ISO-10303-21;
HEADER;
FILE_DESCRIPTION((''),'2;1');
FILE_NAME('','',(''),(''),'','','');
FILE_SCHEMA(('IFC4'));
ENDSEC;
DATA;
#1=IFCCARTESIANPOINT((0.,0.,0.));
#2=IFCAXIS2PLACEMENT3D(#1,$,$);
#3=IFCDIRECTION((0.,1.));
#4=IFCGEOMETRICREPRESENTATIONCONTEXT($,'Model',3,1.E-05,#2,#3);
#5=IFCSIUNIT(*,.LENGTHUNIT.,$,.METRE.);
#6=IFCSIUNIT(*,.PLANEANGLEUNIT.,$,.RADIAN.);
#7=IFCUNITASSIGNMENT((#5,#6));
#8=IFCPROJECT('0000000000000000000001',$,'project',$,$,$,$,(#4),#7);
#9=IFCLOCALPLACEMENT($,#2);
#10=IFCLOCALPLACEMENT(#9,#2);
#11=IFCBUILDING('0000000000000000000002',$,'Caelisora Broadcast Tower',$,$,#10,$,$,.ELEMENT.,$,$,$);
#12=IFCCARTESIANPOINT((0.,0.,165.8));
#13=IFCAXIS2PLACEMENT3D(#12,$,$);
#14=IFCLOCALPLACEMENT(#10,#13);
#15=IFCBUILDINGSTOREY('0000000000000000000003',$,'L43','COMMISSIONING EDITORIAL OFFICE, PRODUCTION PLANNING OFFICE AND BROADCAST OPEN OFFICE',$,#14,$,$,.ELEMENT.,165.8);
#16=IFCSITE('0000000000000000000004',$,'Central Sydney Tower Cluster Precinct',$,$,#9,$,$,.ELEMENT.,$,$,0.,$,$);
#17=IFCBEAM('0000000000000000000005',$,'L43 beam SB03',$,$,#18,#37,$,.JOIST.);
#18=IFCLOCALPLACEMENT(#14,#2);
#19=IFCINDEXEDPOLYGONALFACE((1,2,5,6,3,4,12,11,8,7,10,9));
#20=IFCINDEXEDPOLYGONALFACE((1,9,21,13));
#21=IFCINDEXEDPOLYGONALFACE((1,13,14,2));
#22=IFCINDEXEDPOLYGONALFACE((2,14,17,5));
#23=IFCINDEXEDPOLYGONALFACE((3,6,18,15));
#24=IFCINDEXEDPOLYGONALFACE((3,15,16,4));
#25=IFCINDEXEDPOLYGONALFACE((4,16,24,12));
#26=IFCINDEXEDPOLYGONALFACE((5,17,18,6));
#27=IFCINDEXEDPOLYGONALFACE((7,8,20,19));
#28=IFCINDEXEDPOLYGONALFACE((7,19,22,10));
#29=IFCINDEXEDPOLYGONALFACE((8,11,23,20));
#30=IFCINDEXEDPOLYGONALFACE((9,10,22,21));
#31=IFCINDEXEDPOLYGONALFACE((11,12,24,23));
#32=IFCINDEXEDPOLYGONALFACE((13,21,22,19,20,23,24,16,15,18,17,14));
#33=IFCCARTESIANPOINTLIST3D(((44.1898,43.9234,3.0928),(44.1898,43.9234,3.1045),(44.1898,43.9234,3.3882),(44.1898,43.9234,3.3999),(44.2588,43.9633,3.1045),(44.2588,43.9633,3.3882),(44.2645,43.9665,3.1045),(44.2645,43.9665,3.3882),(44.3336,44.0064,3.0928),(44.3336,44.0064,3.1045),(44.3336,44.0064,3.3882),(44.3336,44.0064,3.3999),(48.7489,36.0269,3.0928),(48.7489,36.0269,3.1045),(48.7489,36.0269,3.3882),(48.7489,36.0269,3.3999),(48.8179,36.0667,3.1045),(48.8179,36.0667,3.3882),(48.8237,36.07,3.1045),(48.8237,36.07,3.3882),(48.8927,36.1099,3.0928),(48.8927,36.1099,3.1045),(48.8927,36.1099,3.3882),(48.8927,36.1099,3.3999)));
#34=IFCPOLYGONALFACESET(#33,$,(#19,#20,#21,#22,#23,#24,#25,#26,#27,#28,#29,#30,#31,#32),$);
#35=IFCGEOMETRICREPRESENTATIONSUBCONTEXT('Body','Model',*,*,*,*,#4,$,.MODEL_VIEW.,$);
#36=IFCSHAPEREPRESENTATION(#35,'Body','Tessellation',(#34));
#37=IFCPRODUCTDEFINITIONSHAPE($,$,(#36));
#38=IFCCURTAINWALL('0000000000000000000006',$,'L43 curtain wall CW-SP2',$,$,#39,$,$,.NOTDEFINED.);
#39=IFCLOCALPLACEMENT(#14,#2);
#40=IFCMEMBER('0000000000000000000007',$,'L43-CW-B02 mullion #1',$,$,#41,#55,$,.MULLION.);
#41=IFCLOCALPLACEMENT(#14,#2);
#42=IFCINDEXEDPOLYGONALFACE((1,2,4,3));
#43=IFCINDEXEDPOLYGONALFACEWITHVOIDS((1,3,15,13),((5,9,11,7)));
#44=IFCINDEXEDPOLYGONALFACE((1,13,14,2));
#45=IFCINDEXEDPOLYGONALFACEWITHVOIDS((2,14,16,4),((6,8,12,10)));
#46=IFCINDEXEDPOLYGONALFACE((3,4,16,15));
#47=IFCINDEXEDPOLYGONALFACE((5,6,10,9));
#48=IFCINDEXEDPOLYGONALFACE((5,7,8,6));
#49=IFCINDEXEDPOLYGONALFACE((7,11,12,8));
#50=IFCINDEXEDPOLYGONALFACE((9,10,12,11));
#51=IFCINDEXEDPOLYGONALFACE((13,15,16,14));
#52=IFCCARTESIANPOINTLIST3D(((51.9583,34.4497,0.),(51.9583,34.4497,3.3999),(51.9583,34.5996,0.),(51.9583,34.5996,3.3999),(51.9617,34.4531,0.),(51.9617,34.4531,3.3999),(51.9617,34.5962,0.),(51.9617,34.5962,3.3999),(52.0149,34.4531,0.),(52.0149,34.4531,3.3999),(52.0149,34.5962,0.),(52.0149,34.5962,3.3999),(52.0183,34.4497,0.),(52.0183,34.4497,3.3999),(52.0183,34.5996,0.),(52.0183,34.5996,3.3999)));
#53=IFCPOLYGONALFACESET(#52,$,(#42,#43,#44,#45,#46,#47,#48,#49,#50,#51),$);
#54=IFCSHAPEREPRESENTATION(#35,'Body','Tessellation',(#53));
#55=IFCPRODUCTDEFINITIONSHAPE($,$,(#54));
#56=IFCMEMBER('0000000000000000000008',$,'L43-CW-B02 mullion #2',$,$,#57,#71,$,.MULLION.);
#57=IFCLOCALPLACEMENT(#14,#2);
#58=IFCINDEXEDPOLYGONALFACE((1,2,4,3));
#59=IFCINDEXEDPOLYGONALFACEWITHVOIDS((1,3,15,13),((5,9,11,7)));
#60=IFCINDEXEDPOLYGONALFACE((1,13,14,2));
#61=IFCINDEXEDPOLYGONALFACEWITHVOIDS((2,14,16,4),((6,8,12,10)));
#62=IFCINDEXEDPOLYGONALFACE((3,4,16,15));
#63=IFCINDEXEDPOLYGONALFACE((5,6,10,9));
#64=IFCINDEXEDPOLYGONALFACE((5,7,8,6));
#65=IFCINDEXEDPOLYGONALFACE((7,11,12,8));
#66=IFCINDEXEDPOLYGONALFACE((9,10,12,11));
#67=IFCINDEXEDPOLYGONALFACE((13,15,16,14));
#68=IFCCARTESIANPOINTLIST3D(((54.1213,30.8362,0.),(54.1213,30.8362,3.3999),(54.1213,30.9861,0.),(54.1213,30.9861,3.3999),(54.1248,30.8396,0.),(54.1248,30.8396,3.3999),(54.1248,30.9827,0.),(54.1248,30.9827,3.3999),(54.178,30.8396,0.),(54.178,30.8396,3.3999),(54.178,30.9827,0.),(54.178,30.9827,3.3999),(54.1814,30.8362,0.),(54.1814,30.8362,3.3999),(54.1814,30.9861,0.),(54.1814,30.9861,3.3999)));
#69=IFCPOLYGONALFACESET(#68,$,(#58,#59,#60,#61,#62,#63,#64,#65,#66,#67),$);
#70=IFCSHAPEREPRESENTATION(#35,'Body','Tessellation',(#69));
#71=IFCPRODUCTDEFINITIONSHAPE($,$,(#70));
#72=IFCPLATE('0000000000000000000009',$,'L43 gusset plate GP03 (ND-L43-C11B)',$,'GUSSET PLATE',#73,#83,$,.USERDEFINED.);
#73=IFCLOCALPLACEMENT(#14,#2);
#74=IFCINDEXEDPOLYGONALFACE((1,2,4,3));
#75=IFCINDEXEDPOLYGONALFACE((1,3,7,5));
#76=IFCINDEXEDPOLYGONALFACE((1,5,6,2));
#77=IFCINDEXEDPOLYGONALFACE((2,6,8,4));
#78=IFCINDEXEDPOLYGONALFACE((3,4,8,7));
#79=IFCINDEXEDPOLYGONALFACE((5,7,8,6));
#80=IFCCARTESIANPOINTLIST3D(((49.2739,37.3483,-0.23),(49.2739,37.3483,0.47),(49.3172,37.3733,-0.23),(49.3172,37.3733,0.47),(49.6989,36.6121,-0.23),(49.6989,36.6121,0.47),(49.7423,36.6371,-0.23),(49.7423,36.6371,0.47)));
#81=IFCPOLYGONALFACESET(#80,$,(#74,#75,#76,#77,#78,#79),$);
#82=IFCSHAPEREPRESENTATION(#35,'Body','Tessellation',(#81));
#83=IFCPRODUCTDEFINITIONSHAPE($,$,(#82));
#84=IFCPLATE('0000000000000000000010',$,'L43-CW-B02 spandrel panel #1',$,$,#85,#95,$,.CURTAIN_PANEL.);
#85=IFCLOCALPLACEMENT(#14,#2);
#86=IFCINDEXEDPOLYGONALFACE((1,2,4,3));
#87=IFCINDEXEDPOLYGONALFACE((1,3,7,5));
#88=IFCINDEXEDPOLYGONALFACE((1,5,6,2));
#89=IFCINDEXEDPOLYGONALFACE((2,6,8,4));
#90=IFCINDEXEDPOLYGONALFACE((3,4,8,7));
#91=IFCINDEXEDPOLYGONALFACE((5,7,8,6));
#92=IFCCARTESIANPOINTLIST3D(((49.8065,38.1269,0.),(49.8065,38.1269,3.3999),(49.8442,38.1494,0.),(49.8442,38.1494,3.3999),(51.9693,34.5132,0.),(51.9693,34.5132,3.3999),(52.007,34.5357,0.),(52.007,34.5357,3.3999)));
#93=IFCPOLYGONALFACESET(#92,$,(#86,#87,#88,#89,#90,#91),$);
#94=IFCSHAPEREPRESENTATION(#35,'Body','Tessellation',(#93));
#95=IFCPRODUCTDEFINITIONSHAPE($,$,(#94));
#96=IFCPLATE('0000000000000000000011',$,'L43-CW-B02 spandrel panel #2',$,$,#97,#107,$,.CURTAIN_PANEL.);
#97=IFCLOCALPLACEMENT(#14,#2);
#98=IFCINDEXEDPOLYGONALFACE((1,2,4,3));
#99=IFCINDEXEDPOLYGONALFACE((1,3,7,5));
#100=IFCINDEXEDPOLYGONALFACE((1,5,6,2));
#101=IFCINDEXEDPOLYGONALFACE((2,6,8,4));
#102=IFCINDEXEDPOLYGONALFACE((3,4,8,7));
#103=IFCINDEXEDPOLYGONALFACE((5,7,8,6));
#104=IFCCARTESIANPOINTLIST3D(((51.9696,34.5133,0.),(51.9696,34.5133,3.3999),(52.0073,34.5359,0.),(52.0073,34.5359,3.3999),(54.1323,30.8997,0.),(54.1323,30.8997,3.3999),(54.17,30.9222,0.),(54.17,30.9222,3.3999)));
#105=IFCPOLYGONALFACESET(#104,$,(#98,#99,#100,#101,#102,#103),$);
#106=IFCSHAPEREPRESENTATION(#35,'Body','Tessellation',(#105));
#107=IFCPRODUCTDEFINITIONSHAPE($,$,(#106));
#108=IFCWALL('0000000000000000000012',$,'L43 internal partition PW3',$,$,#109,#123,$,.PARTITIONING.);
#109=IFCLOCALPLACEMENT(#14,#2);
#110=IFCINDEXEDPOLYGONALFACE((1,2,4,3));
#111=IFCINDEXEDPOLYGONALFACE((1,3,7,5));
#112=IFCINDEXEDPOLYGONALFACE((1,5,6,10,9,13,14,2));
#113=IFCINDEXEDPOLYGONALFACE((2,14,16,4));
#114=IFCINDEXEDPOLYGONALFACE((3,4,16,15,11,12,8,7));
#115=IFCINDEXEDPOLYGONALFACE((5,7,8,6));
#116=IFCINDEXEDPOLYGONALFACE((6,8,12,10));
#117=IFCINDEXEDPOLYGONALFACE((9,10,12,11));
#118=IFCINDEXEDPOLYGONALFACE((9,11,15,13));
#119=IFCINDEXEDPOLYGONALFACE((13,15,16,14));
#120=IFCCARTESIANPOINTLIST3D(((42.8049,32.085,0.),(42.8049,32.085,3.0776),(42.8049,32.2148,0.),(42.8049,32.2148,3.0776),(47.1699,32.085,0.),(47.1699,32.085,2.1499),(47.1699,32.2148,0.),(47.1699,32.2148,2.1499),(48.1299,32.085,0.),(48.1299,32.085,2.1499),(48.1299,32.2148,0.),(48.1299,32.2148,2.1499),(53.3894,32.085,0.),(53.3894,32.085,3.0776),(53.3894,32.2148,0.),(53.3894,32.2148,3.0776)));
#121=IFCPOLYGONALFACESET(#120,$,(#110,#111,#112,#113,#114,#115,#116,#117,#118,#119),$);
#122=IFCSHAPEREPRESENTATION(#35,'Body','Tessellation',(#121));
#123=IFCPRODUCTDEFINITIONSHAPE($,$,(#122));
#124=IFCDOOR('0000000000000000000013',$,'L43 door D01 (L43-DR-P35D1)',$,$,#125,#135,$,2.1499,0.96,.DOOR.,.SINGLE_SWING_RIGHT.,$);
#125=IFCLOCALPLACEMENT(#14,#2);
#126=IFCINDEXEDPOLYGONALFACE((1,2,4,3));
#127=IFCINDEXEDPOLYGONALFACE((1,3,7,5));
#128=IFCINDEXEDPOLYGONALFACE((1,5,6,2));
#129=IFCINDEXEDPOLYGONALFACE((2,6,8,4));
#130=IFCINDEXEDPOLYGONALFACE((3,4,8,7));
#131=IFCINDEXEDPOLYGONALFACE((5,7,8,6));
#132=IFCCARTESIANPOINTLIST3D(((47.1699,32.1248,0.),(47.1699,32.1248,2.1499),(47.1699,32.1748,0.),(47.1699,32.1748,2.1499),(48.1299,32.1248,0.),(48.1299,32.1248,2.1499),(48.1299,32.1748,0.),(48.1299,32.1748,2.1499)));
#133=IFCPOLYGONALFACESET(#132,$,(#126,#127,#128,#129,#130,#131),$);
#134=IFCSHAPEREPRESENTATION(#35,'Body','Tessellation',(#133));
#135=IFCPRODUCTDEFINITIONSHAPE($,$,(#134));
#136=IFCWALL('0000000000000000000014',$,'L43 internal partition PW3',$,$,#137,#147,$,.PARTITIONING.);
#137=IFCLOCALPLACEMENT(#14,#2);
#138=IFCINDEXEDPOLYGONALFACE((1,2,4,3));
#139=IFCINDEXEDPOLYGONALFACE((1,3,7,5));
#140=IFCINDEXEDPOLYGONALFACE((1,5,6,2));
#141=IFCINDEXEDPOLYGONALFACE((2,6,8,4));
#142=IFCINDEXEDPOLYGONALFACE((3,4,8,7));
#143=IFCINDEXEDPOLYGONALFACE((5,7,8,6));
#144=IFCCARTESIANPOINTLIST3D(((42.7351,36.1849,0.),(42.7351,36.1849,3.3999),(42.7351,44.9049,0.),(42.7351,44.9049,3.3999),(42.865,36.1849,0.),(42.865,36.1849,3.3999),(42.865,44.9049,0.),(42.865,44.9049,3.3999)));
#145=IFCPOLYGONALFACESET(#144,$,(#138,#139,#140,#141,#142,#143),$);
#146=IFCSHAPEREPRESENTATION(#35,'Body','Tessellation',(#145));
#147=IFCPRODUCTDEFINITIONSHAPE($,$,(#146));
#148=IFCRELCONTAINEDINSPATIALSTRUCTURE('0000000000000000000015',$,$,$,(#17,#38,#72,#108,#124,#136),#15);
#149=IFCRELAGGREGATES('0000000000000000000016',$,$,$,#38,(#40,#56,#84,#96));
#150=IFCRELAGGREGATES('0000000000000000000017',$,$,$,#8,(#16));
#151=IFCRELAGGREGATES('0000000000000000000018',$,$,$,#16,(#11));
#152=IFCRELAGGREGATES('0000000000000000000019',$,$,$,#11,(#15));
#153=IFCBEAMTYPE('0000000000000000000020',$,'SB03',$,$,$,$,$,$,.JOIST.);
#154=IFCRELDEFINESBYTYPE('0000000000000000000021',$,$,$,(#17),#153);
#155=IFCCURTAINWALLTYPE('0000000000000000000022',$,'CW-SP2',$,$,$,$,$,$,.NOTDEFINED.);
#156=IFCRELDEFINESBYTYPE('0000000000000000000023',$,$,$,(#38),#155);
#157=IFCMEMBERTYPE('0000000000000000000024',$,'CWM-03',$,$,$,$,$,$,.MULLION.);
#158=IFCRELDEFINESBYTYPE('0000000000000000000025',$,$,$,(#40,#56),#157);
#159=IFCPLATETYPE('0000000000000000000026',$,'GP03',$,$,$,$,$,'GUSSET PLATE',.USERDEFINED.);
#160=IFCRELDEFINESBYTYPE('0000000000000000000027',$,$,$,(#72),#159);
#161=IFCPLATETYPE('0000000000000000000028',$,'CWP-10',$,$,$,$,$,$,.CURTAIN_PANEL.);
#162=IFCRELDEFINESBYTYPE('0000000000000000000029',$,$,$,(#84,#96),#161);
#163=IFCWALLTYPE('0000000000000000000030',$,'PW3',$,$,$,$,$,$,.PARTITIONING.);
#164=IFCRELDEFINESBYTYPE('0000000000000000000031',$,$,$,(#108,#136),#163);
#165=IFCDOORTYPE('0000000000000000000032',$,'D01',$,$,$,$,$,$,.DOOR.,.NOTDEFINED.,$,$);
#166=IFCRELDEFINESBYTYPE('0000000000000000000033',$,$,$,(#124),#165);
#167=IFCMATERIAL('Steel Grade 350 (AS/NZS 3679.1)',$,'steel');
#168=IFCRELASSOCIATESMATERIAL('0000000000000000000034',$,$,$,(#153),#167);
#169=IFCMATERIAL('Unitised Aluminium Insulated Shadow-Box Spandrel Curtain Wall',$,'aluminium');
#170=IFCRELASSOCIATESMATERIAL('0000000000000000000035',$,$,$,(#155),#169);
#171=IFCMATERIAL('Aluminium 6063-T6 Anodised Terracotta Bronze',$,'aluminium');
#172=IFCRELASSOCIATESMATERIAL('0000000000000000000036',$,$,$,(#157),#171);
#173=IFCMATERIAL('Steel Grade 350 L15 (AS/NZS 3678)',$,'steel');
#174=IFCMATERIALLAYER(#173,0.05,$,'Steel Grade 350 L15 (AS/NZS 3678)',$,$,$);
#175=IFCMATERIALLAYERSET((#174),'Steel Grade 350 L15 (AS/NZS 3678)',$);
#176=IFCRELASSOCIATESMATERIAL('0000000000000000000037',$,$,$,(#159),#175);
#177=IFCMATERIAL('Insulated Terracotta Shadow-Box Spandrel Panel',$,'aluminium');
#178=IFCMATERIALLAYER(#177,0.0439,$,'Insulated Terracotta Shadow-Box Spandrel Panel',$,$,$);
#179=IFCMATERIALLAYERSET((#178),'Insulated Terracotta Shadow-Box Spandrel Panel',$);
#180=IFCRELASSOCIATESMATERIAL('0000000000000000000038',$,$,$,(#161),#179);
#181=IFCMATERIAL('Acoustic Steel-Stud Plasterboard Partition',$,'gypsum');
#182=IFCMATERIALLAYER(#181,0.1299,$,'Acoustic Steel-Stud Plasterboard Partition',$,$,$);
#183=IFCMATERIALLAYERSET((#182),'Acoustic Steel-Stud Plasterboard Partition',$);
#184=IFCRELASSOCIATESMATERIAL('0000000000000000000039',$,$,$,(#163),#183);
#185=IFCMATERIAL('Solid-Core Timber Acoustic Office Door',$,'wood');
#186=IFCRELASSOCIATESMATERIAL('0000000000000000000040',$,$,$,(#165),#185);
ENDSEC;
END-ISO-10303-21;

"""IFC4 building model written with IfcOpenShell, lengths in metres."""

from ifc_helpers import new_model, si_unit, direction, frame, frame_2d, origin, origin_2d, place, context, subcontext, project, spatial, rectangle, hollow_rectangle, i_section, extrude, source, transform, mapped, material, layer, layer_set, material_profile, profile_set, type_object, type_shapes, element, fill, aggregate, save


model = new_model("IFC4")

# Units and contexts
model_context = context("Model", 3, precision=1e-05, world=origin(), true_north=direction((0.0, 1.0)))
body_context = subcontext(model_context, "Body", "Model", "MODEL_VIEW")
ifc_project = project(units=[si_unit("LENGTHUNIT", "METRE"), si_unit("PLANEANGLEUNIT", "RADIAN")], contexts=[model_context])

# Site, building, storey
site_placement = place(None, origin())
site = spatial("IfcSite", under=ifc_project, at=site_placement, Name="Central Sydney Tower Cluster Precinct", CompositionType="ELEMENT", RefElevation=0.0)
building_placement = place(site_placement, origin())
building = spatial("IfcBuilding", under=site, at=building_placement, Name="Caelisora Broadcast Tower", CompositionType="ELEMENT")
storey_placement = place(building_placement, frame((0.0, 0.0, 165.8)))
storey = spatial("IfcBuildingStorey", under=building, at=storey_placement, Name="L43", Description="COMMISSIONING EDITORIAL OFFICE, PRODUCTION PLANNING OFFICE AND BROADCAST OPEN OFFICE", CompositionType="ELEMENT", Elevation=165.8)

# Shared definitions
ifc_material_1 = material(Name="Steel Grade 350 L15 (AS/NZS 3678)", Category="steel")

# Beam
ifc_material_2 = material(Name="Steel Grade 350 (AS/NZS 3679.1)", Category="steel")
ifc_material_profile_1 = material_profile(ifc_material_2, i_section(OverallWidth=0.166, OverallDepth=0.3071, WebThickness=0.0066, FlangeThickness=0.0117, at=origin_2d()), Name="Steel Grade 350 (AS/NZS 3679.1)")
ifc_profile_set_1 = profile_set([ifc_material_profile_1], Name="Steel Grade 350 (AS/NZS 3679.1)")
beam_type_1 = type_object("IfcBeamType", Name="SB03", PredefinedType="JOIST", material=ifc_profile_set_1)
shared_shape_1 = source(origin(), body_context, "Body", "SweptSolid", [
    extrude(i_section(OverallWidth=0.166, OverallDepth=0.3071, WebThickness=0.0066, FlangeThickness=0.0117, at=origin_2d()), origin(), (0.0, 0.0, 1.0), 9.1182),
])
beam_1_placement = place(storey_placement, frame((48.8208, 36.0684, 3.2463), z_axis=(-0.500004, 0.866023, 0.0), x_axis=(-0.866023, -0.500004, 0.0)))
element("IfcBeam", 1, at=beam_1_placement, inside=storey, type_object=beam_type_1, Name="L43 beam SB03", PredefinedType="JOIST", context=body_context, shape_type="MappedRepresentation", body=[
    mapped(shared_shape_1, transform((0.0, 0.0, 0.0), scale=1.0)),
])

# Curtain wall, members
ifc_material_3 = material(Name="Unitised Aluminium Insulated Shadow-Box Spandrel Curtain Wall", Category="aluminium")
curtain_wall_type = type_object("IfcCurtainWallType", Name="CW-SP2", PredefinedType="NOTDEFINED", material=ifc_material_3)
curtain_wall_placement = place(storey_placement, origin())
curtain_wall = element("IfcCurtainWall", 2, at=curtain_wall_placement, inside=storey, type_object=curtain_wall_type, Name="L43 curtain wall CW-SP2", PredefinedType="NOTDEFINED")
ifc_material_4 = material(Name="Aluminium 6063-T6 Anodised Terracotta Bronze", Category="aluminium")
ifc_material_profile_2 = material_profile(ifc_material_4, hollow_rectangle(XDim=0.0601, YDim=0.1499, WallThickness=0.0034, at=origin_2d()), Name="Aluminium 6063-T6 Anodised Terracotta Bronze")
ifc_profile_set_2 = profile_set([ifc_material_profile_2], Name="Aluminium 6063-T6 Anodised Terracotta Bronze")
member_type = type_object("IfcMemberType", Name="CWM-03", PredefinedType="MULLION", material=ifc_profile_set_2)
shared_shape_2 = source(origin(), body_context, "Body", "SweptSolid", [
    extrude(hollow_rectangle(XDim=0.0601, YDim=0.1499, WallThickness=0.0034, at=origin_2d()), origin(), (0.0, 0.0, 1.0), 3.3999),
])
type_shapes(member_type, [shared_shape_2])
member_1_placement = place(storey_placement, frame((51.9883, 34.5247, 0.0), z_axis=(0.0, 0.0, 1.0), x_axis=(1.0, 0.0, 0.0)))
member_1 = element("IfcMember", 3, at=member_1_placement, type_object=member_type, Name="L43-CW-B02 mullion #1", PredefinedType="MULLION", context=body_context, shape_type="MappedRepresentation", body=[
    mapped(shared_shape_2, transform((0.0, 0.0, 0.0), scale=1.0)),
])
member_2_placement = place(storey_placement, frame((54.1514, 30.9111, 0.0), z_axis=(0.0, 0.0, 1.0), x_axis=(1.0, 0.0, 0.0)))
member_2 = element("IfcMember", 4, at=member_2_placement, type_object=member_type, Name="L43-CW-B02 mullion #2", PredefinedType="MULLION", context=body_context, shape_type="MappedRepresentation", body=[
    mapped(shared_shape_2, transform((0.0, 0.0, 0.0), scale=1.0)),
])

# Plates
ifc_layer_1 = layer(ifc_material_1, 0.05, Name="Steel Grade 350 L15 (AS/NZS 3678)")
ifc_layer_set_1 = layer_set([ifc_layer_1], Name="Steel Grade 350 L15 (AS/NZS 3678)")
plate_type_1 = type_object("IfcPlateType", Name="GP03", ElementType="GUSSET PLATE", PredefinedType="USERDEFINED", material=ifc_layer_set_1)
shared_shape_3 = source(origin(), body_context, "Body", "SweptSolid", [
    extrude(rectangle(XDim=0.8501, YDim=0.05, at=origin_2d()), origin(), (0.0, 0.0, 1.0), 0.7),
])
type_shapes(plate_type_1, [shared_shape_3])
plate_1_placement = place(storey_placement, frame((49.5081, 36.9927, -0.23), z_axis=(0.0, 0.0, 1.0), x_axis=(-0.5, 0.866025, 0.0)))
element("IfcPlate", 5, at=plate_1_placement, inside=storey, type_object=plate_type_1, Name="L43 gusset plate GP03 (ND-L43-C11B)", ObjectType="GUSSET PLATE", PredefinedType="USERDEFINED", context=body_context, shape_type="MappedRepresentation", body=[
    mapped(shared_shape_3, transform((0.0, 0.0, 0.0), scale=1.0)),
])
ifc_material_5 = material(Name="Insulated Terracotta Shadow-Box Spandrel Panel", Category="aluminium")
ifc_layer_2 = layer(ifc_material_5, 0.0439, Name="Insulated Terracotta Shadow-Box Spandrel Panel")
ifc_layer_set_2 = layer_set([ifc_layer_2], Name="Insulated Terracotta Shadow-Box Spandrel Panel")
plate_type_2 = type_object("IfcPlateType", Name="CWP-10", PredefinedType="CURTAIN_PANEL", material=ifc_layer_set_2)
shared_shape_4 = source(origin(), body_context, "Body", "SweptSolid", [
    extrude(rectangle(XDim=4.2114, YDim=0.0439, at=origin_2d()), origin(), (0.0, 0.0, 1.0), 3.3999),
])
type_shapes(plate_type_2, [shared_shape_4])
plate_2_placement = place(storey_placement, frame((50.9067, 36.3313, 0.0), z_axis=(0.0, 0.0, 1.0), x_axis=(0.513541, -0.858065, 0.0)))
plate_2 = element("IfcPlate", 6, at=plate_2_placement, type_object=plate_type_2, Name="L43-CW-B02 spandrel panel #1", PredefinedType="CURTAIN_PANEL", context=body_context, shape_type="MappedRepresentation", body=[
    mapped(shared_shape_4, transform((0.0, 0.0, 0.0), scale=1.0)),
])
plate_3_placement = place(storey_placement, frame((53.0698, 32.7178, 0.0), z_axis=(0.0, 0.0, 1.0), x_axis=(0.513541, -0.858065, 0.0)))
plate_3 = element("IfcPlate", 7, at=plate_3_placement, type_object=plate_type_2, Name="L43-CW-B02 spandrel panel #2", PredefinedType="CURTAIN_PANEL", context=body_context, shape_type="MappedRepresentation", body=[
    mapped(shared_shape_4, transform((0.0, 0.0, 0.0), scale=1.0)),
])
aggregate(curtain_wall, [member_1, member_2, plate_2, plate_3])

# Wall, opening, door
ifc_material_6 = material(Name="Acoustic Steel-Stud Plasterboard Partition", Category="gypsum")
ifc_layer_3 = layer(ifc_material_6, 0.1299, Name="Acoustic Steel-Stud Plasterboard Partition")
ifc_layer_set_3 = layer_set([ifc_layer_3], Name="Acoustic Steel-Stud Plasterboard Partition")
wall_type = type_object("IfcWallType", Name="PW3", PredefinedType="PARTITIONING", material=ifc_layer_set_3)
wall_1_placement = place(storey_placement, frame((42.8049, 32.1499, 0.0), z_axis=(0.0, 0.0, 1.0), x_axis=(1.0, 0.0, 0.0)))
wall_1 = element("IfcWall", 8, at=wall_1_placement, inside=storey, type_object=wall_type, Name="L43 internal partition PW3", PredefinedType="PARTITIONING", context=body_context, shape_type="SweptSolid", body=[
    extrude(rectangle(XDim=10.5845, YDim=0.1299, at=frame_2d((5.2922, 0.0))), origin(), (0.0, 0.0, 1.0), 3.0776),
])
opening_1_placement = place(wall_1_placement, frame((4.365, 0.0, 0.0)))
opening_1 = element("IfcOpeningElement", 9, at=opening_1_placement, cuts=wall_1, PredefinedType="OPENING", context=body_context, shape_type="SweptSolid", body=[
    extrude(rectangle(XDim=0.96, YDim=2.1499, at=frame_2d((0.48, 1.075))), frame((0.0, 0.0769, 0.0), z_axis=(0.0, -1.0, 0.0), x_axis=(1.0, 0.0, 0.0)), (0.0, 0.0, 1.0), 0.1538),
])
ifc_material_7 = material(Name="Solid-Core Timber Acoustic Office Door", Category="wood")
door_type = type_object("IfcDoorType", Name="D01", OperationType="NOTDEFINED", PredefinedType="DOOR", material=ifc_material_7)
door_1_placement = place(opening_1_placement, origin())
door_1 = element("IfcDoor", 10, at=door_1_placement, inside=storey, type_object=door_type, Name="L43 door D01 (L43-DR-P35D1)", OperationType="SINGLE_SWING_RIGHT", OverallHeight=2.1499, OverallWidth=0.96, PredefinedType="DOOR", context=body_context, shape_type="SweptSolid", body=[
    extrude(rectangle(XDim=0.96, YDim=2.1499, at=frame_2d((0.48, 1.075))), frame((0.0, 0.0249, 0.0), z_axis=(0.0, -1.0, 0.0), x_axis=(1.0, 0.0, 0.0)), (0.0, 0.0, 1.0), 0.05),
])
fill(opening_1, door_1)

# Wall
wall_2_placement = place(storey_placement, frame((42.8, 36.1851, 0.0), z_axis=(0.0, 0.0, 1.0), x_axis=(0.0, 1.0, 0.0)))
element("IfcWall", 11, at=wall_2_placement, inside=storey, type_object=wall_type, Name="L43 internal partition PW3", PredefinedType="PARTITIONING", context=body_context, shape_type="SweptSolid", body=[
    extrude(rectangle(XDim=8.72, YDim=0.1299, at=frame_2d((4.3599, 0.0))), origin(), (0.0, 0.0, 1.0), 3.3999),
])

save(model, "model.ifc")
